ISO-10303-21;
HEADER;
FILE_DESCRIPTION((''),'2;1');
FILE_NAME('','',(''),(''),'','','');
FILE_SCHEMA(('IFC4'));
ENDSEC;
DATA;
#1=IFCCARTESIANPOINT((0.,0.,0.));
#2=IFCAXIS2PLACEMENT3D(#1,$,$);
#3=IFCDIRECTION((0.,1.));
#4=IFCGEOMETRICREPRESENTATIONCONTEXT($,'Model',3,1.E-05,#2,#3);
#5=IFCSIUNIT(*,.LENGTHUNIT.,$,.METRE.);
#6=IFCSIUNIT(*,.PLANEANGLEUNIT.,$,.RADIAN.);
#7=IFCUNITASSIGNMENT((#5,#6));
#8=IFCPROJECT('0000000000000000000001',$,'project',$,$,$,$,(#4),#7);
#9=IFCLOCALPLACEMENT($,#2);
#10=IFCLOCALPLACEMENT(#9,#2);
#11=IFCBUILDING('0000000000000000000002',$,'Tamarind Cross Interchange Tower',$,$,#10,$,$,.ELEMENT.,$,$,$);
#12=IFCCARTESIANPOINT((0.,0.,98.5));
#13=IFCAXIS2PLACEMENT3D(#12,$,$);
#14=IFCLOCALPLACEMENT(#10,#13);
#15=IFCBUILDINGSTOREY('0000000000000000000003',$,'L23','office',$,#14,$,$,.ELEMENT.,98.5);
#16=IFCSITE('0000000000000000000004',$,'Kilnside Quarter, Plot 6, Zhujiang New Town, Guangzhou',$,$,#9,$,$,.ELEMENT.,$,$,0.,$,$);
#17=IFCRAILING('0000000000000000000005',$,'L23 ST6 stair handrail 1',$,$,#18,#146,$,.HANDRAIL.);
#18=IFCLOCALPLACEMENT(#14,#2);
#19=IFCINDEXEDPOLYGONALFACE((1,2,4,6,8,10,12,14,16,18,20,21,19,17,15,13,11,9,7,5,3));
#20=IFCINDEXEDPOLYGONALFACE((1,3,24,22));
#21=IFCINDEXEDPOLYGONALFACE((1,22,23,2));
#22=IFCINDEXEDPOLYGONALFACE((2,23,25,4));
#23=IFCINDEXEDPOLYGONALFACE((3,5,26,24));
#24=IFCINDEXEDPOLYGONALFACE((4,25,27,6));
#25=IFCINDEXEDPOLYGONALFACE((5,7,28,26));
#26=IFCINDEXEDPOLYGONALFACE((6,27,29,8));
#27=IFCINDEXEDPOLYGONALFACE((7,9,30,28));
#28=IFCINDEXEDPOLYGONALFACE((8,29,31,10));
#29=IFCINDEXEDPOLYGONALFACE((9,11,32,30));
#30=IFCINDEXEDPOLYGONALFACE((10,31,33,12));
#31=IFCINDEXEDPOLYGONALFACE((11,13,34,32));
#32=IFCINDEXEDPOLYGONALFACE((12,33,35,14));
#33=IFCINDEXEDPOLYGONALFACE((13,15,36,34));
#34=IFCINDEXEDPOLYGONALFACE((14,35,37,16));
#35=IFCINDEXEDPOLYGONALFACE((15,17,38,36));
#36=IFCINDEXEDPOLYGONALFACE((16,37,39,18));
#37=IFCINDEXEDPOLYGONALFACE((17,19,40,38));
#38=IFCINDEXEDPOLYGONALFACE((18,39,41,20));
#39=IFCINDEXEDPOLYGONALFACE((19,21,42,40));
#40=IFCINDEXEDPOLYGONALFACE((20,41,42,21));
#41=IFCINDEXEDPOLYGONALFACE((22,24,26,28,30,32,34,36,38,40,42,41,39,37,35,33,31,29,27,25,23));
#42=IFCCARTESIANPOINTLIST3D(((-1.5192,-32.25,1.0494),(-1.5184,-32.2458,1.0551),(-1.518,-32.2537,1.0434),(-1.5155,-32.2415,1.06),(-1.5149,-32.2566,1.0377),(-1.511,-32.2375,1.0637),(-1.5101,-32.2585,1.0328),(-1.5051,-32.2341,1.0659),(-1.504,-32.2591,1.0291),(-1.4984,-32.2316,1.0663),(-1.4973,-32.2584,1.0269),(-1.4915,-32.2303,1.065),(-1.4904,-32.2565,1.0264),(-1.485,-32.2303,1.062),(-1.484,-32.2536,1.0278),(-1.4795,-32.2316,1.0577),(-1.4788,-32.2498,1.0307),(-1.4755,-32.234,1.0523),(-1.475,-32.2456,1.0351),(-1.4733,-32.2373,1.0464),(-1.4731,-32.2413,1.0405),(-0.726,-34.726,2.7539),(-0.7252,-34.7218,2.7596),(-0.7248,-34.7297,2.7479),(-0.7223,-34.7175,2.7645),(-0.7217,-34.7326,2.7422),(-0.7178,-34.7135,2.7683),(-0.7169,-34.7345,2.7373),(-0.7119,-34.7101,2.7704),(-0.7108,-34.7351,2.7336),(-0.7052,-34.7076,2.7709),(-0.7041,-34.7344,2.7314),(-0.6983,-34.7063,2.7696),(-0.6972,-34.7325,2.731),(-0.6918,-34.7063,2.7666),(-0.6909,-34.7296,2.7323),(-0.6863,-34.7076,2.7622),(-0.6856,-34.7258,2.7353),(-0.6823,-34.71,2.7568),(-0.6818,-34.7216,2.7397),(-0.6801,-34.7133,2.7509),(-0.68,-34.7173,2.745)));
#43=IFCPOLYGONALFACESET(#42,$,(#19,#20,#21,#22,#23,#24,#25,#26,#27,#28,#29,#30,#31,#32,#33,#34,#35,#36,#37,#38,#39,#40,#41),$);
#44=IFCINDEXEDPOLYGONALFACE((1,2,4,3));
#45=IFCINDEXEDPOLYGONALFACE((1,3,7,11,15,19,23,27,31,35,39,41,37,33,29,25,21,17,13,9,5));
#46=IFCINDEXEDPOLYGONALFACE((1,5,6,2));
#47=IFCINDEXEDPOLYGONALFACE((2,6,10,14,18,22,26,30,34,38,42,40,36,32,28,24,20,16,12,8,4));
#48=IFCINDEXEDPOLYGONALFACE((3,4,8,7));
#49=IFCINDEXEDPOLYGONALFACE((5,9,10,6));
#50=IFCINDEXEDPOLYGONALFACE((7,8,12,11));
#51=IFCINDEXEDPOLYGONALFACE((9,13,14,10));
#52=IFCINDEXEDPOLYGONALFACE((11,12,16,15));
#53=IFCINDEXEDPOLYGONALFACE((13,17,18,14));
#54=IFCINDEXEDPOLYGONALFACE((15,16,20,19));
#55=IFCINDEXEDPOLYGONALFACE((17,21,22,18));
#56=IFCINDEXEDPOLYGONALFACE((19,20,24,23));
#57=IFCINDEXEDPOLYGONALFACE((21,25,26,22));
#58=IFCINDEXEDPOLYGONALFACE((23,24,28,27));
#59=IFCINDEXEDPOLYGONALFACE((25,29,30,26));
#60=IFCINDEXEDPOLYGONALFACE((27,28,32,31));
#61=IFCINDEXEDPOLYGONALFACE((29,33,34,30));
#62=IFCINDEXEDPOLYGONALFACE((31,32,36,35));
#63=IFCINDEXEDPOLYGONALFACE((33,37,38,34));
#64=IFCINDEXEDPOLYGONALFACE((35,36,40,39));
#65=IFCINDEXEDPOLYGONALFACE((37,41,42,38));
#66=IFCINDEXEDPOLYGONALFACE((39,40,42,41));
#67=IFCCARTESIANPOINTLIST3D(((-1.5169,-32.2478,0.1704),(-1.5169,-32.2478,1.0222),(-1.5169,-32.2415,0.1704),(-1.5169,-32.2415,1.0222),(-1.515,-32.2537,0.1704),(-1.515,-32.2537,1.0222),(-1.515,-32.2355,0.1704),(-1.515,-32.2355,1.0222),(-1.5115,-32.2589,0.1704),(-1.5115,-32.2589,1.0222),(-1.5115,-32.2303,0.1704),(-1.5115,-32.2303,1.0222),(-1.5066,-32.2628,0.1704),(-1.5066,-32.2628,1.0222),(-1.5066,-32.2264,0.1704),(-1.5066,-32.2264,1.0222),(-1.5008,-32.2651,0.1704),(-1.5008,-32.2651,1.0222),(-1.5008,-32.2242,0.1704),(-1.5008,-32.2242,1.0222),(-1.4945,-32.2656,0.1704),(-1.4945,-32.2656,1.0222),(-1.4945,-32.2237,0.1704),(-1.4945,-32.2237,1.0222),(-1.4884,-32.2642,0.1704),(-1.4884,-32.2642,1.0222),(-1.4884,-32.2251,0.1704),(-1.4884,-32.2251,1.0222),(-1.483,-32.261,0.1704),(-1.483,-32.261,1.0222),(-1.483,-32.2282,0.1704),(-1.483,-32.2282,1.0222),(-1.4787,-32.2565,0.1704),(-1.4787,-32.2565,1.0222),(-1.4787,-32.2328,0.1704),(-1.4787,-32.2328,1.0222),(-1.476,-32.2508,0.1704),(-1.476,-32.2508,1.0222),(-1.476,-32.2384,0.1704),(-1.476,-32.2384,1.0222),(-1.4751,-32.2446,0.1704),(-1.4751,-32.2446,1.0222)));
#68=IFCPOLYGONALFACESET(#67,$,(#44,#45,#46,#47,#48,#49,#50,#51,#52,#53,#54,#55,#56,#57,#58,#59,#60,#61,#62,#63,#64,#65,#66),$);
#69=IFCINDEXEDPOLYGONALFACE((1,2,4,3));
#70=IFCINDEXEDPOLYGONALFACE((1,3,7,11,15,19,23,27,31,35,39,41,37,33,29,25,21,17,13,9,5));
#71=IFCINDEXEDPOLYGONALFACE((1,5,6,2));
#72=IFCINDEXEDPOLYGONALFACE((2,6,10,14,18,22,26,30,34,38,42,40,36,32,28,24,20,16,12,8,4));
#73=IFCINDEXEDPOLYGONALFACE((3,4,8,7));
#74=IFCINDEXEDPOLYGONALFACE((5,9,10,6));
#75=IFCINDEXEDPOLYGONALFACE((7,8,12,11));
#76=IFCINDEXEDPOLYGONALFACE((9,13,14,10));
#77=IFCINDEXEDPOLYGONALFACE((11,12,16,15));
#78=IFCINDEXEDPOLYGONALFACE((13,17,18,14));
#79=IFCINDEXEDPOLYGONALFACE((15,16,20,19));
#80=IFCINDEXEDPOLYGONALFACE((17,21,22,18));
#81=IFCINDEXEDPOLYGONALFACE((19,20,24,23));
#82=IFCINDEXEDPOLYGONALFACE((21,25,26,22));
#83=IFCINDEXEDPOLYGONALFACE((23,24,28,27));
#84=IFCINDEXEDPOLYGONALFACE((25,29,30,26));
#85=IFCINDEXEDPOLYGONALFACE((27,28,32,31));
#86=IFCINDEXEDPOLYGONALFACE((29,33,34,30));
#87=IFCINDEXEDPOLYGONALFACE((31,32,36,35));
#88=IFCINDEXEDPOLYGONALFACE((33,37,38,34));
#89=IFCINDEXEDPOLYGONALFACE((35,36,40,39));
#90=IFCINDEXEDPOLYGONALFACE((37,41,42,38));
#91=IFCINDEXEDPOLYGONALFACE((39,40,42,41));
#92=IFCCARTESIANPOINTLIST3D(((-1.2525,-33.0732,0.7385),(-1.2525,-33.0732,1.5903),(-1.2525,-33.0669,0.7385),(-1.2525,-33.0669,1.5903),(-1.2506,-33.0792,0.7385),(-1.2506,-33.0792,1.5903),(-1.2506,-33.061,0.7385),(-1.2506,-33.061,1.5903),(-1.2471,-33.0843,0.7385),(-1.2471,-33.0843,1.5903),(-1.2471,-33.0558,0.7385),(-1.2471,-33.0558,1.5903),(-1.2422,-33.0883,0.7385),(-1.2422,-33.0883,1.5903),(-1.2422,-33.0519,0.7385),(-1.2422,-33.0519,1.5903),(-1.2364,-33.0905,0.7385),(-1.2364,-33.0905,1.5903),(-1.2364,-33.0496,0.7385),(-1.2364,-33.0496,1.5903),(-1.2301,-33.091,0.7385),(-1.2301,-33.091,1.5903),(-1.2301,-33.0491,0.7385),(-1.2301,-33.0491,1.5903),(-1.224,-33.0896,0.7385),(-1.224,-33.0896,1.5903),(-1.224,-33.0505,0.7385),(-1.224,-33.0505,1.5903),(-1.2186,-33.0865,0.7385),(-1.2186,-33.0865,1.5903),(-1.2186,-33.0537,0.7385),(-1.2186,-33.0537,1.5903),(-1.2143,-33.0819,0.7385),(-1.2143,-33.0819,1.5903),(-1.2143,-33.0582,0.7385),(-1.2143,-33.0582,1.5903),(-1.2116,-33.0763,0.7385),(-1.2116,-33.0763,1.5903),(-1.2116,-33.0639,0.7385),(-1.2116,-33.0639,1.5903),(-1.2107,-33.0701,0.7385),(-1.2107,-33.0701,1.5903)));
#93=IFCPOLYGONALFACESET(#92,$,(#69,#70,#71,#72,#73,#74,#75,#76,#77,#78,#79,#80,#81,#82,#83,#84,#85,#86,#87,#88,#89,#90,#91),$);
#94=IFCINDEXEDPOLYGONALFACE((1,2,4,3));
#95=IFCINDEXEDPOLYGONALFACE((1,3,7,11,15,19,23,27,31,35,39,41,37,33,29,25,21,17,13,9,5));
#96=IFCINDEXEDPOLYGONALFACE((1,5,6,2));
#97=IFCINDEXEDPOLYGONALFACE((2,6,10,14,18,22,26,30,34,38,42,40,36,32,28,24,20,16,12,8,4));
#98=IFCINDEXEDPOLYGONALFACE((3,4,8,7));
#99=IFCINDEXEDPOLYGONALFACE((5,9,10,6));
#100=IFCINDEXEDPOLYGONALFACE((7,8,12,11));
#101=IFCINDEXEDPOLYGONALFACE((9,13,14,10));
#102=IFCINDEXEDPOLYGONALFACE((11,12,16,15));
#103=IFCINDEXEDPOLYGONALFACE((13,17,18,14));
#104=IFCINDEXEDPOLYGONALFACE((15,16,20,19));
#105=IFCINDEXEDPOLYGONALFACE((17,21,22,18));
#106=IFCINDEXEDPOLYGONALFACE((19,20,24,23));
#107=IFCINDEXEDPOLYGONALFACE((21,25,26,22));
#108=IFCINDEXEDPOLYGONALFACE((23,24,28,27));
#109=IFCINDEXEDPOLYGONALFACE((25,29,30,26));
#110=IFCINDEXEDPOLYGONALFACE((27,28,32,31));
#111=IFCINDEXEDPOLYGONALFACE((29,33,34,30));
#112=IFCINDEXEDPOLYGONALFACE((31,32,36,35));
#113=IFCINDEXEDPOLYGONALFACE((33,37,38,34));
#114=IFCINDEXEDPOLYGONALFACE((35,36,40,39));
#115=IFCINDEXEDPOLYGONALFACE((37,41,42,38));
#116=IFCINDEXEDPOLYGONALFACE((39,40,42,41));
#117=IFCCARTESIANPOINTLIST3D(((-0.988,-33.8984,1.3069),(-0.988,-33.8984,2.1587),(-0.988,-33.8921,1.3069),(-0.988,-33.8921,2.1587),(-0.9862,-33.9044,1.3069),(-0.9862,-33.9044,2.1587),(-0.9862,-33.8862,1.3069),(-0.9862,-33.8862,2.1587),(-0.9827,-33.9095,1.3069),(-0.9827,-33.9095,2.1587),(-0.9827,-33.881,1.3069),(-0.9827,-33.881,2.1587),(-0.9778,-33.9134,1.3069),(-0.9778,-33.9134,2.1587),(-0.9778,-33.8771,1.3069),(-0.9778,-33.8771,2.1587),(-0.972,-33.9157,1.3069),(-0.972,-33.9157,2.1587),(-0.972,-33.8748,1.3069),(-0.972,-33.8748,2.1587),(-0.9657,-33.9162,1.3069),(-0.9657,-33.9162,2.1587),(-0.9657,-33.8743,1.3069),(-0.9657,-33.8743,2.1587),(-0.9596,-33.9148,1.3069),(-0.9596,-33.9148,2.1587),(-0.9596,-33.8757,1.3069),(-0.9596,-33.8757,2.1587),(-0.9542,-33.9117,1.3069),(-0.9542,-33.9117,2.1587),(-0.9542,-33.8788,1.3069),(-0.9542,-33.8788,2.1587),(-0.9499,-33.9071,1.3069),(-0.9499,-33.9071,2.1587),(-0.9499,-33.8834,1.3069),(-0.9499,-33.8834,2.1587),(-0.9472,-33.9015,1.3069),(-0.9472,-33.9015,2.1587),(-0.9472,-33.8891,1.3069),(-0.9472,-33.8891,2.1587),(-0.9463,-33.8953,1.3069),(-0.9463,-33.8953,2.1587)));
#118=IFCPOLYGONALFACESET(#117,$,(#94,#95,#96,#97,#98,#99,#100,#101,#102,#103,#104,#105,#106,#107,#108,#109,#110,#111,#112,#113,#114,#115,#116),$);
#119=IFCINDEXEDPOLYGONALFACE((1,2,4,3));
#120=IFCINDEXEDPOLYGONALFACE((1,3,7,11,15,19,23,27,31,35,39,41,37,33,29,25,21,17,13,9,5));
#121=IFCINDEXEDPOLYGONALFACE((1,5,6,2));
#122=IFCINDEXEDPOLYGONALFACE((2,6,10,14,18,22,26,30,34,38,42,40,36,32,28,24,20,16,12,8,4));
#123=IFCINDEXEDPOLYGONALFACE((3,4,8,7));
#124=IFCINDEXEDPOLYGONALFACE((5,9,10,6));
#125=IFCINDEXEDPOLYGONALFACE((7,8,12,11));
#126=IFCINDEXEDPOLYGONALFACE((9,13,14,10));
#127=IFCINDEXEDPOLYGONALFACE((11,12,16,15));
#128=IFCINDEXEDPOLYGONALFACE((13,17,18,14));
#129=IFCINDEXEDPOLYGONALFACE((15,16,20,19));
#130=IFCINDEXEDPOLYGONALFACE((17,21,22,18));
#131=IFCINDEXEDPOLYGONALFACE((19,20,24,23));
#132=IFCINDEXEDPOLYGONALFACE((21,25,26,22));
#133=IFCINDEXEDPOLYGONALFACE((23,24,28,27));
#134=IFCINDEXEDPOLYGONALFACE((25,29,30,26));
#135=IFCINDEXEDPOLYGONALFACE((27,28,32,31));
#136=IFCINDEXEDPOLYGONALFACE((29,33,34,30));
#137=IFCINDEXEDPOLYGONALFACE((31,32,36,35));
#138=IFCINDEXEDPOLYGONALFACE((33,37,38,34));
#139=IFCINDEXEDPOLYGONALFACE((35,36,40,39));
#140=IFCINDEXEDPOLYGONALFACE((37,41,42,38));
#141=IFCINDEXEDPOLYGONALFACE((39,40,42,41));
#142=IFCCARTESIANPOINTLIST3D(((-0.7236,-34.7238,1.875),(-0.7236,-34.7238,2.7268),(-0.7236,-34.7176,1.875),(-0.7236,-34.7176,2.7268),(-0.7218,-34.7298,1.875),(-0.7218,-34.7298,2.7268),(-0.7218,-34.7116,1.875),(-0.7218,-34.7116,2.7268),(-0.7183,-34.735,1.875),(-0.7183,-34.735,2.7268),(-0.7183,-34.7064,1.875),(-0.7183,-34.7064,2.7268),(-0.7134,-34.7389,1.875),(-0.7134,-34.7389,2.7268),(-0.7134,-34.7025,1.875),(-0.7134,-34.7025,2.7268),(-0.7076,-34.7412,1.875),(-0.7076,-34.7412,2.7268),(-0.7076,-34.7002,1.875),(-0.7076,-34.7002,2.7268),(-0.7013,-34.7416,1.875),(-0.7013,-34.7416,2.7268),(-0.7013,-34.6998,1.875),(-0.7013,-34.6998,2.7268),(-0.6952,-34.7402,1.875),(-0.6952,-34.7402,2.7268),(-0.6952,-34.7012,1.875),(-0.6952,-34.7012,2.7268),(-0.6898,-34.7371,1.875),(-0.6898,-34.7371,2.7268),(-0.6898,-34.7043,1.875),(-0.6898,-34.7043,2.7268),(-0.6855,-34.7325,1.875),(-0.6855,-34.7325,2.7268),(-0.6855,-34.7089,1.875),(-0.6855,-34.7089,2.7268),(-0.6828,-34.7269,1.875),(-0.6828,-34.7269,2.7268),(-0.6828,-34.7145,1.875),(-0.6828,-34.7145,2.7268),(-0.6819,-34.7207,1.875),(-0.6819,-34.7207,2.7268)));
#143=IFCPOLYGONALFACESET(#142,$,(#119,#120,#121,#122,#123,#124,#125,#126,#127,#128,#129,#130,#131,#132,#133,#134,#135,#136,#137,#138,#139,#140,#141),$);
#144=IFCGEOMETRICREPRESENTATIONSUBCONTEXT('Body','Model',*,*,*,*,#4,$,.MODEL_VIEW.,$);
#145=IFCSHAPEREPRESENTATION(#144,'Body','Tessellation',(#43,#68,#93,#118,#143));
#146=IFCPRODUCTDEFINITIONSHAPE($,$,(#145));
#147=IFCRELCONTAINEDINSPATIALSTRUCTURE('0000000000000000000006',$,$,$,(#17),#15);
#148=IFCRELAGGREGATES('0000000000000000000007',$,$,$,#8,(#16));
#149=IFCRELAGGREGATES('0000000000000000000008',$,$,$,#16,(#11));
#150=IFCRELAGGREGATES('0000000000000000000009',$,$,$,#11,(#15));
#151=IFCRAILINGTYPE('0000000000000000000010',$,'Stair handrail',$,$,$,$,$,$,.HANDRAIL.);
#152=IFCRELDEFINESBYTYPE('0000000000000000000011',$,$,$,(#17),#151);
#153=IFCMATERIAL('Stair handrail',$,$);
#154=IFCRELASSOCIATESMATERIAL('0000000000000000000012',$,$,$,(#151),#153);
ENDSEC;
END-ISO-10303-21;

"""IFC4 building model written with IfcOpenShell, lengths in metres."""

from ifc_helpers import new_model, si_unit, direction, frame, origin, origin_2d, place, context, subcontext, project, spatial, circle, extrude, material, type_object, element, save


model = new_model("IFC4")

# Units and contexts
model_context = context("Model", 3, precision=1e-05, world=origin(), true_north=direction((0.0, 1.0)))
body_context = subcontext(model_context, "Body", "Model", "MODEL_VIEW")
ifc_project = project(units=[si_unit("LENGTHUNIT", "METRE"), si_unit("PLANEANGLEUNIT", "RADIAN")], contexts=[model_context])

# Site, building, storey
site_placement = place(None, origin())
site = spatial("IfcSite", under=ifc_project, at=site_placement, Name="Kilnside Quarter, Plot 6, Zhujiang New Town, Guangzhou", CompositionType="ELEMENT", RefElevation=0.0)
building_placement = place(site_placement, origin())
building = spatial("IfcBuilding", under=site, at=building_placement, Name="Tamarind Cross Interchange Tower", CompositionType="ELEMENT")
storey_placement = place(building_placement, frame((0.0, 0.0, 98.5)))
storey = spatial("IfcBuildingStorey", under=building, at=storey_placement, Name="L23", Description="office", CompositionType="ELEMENT", Elevation=98.5)

# Railing
ifc_material_1 = material(Name="Stair handrail")
railing_type_1 = type_object("IfcRailingType", Name="Stair handrail", PredefinedType="HANDRAIL", material=ifc_material_1)
railing_1_placement = place(storey_placement, frame((-1.4961, -32.2446, 0.1704)))
element("IfcRailing", 1, at=railing_1_placement, inside=storey, type_object=railing_type_1, Name="L23 ST6 stair handrail 1", PredefinedType="HANDRAIL", context=body_context, shape_type="SweptSolid", body=[
    extrude(circle(Radius=0.0239, at=origin_2d()), frame((0.0, 0.0, 0.876), z_axis=(0.255136, -0.796427, 0.548279), x_axis=(0.952327, 0.305079, 0.0)), (0.0, 0.0, 1.0), 3.1089),
    extrude(circle(Radius=0.021, at=origin_2d()), origin(), (0.0, 0.0, 1.0), 0.8518),
    extrude(circle(Radius=0.021, at=origin_2d()), frame((0.2644, -0.8254, 0.5681)), (0.0, 0.0, 1.0), 0.8518),
    extrude(circle(Radius=0.021, at=origin_2d()), frame((0.5288, -1.6506, 1.1365)), (0.0, 0.0, 1.0), 0.8518),
    extrude(circle(Radius=0.021, at=origin_2d()), frame((0.7932, -2.4761, 1.7046)), (0.0, 0.0, 1.0), 0.8518),
])

save(model, "model.ifc")
